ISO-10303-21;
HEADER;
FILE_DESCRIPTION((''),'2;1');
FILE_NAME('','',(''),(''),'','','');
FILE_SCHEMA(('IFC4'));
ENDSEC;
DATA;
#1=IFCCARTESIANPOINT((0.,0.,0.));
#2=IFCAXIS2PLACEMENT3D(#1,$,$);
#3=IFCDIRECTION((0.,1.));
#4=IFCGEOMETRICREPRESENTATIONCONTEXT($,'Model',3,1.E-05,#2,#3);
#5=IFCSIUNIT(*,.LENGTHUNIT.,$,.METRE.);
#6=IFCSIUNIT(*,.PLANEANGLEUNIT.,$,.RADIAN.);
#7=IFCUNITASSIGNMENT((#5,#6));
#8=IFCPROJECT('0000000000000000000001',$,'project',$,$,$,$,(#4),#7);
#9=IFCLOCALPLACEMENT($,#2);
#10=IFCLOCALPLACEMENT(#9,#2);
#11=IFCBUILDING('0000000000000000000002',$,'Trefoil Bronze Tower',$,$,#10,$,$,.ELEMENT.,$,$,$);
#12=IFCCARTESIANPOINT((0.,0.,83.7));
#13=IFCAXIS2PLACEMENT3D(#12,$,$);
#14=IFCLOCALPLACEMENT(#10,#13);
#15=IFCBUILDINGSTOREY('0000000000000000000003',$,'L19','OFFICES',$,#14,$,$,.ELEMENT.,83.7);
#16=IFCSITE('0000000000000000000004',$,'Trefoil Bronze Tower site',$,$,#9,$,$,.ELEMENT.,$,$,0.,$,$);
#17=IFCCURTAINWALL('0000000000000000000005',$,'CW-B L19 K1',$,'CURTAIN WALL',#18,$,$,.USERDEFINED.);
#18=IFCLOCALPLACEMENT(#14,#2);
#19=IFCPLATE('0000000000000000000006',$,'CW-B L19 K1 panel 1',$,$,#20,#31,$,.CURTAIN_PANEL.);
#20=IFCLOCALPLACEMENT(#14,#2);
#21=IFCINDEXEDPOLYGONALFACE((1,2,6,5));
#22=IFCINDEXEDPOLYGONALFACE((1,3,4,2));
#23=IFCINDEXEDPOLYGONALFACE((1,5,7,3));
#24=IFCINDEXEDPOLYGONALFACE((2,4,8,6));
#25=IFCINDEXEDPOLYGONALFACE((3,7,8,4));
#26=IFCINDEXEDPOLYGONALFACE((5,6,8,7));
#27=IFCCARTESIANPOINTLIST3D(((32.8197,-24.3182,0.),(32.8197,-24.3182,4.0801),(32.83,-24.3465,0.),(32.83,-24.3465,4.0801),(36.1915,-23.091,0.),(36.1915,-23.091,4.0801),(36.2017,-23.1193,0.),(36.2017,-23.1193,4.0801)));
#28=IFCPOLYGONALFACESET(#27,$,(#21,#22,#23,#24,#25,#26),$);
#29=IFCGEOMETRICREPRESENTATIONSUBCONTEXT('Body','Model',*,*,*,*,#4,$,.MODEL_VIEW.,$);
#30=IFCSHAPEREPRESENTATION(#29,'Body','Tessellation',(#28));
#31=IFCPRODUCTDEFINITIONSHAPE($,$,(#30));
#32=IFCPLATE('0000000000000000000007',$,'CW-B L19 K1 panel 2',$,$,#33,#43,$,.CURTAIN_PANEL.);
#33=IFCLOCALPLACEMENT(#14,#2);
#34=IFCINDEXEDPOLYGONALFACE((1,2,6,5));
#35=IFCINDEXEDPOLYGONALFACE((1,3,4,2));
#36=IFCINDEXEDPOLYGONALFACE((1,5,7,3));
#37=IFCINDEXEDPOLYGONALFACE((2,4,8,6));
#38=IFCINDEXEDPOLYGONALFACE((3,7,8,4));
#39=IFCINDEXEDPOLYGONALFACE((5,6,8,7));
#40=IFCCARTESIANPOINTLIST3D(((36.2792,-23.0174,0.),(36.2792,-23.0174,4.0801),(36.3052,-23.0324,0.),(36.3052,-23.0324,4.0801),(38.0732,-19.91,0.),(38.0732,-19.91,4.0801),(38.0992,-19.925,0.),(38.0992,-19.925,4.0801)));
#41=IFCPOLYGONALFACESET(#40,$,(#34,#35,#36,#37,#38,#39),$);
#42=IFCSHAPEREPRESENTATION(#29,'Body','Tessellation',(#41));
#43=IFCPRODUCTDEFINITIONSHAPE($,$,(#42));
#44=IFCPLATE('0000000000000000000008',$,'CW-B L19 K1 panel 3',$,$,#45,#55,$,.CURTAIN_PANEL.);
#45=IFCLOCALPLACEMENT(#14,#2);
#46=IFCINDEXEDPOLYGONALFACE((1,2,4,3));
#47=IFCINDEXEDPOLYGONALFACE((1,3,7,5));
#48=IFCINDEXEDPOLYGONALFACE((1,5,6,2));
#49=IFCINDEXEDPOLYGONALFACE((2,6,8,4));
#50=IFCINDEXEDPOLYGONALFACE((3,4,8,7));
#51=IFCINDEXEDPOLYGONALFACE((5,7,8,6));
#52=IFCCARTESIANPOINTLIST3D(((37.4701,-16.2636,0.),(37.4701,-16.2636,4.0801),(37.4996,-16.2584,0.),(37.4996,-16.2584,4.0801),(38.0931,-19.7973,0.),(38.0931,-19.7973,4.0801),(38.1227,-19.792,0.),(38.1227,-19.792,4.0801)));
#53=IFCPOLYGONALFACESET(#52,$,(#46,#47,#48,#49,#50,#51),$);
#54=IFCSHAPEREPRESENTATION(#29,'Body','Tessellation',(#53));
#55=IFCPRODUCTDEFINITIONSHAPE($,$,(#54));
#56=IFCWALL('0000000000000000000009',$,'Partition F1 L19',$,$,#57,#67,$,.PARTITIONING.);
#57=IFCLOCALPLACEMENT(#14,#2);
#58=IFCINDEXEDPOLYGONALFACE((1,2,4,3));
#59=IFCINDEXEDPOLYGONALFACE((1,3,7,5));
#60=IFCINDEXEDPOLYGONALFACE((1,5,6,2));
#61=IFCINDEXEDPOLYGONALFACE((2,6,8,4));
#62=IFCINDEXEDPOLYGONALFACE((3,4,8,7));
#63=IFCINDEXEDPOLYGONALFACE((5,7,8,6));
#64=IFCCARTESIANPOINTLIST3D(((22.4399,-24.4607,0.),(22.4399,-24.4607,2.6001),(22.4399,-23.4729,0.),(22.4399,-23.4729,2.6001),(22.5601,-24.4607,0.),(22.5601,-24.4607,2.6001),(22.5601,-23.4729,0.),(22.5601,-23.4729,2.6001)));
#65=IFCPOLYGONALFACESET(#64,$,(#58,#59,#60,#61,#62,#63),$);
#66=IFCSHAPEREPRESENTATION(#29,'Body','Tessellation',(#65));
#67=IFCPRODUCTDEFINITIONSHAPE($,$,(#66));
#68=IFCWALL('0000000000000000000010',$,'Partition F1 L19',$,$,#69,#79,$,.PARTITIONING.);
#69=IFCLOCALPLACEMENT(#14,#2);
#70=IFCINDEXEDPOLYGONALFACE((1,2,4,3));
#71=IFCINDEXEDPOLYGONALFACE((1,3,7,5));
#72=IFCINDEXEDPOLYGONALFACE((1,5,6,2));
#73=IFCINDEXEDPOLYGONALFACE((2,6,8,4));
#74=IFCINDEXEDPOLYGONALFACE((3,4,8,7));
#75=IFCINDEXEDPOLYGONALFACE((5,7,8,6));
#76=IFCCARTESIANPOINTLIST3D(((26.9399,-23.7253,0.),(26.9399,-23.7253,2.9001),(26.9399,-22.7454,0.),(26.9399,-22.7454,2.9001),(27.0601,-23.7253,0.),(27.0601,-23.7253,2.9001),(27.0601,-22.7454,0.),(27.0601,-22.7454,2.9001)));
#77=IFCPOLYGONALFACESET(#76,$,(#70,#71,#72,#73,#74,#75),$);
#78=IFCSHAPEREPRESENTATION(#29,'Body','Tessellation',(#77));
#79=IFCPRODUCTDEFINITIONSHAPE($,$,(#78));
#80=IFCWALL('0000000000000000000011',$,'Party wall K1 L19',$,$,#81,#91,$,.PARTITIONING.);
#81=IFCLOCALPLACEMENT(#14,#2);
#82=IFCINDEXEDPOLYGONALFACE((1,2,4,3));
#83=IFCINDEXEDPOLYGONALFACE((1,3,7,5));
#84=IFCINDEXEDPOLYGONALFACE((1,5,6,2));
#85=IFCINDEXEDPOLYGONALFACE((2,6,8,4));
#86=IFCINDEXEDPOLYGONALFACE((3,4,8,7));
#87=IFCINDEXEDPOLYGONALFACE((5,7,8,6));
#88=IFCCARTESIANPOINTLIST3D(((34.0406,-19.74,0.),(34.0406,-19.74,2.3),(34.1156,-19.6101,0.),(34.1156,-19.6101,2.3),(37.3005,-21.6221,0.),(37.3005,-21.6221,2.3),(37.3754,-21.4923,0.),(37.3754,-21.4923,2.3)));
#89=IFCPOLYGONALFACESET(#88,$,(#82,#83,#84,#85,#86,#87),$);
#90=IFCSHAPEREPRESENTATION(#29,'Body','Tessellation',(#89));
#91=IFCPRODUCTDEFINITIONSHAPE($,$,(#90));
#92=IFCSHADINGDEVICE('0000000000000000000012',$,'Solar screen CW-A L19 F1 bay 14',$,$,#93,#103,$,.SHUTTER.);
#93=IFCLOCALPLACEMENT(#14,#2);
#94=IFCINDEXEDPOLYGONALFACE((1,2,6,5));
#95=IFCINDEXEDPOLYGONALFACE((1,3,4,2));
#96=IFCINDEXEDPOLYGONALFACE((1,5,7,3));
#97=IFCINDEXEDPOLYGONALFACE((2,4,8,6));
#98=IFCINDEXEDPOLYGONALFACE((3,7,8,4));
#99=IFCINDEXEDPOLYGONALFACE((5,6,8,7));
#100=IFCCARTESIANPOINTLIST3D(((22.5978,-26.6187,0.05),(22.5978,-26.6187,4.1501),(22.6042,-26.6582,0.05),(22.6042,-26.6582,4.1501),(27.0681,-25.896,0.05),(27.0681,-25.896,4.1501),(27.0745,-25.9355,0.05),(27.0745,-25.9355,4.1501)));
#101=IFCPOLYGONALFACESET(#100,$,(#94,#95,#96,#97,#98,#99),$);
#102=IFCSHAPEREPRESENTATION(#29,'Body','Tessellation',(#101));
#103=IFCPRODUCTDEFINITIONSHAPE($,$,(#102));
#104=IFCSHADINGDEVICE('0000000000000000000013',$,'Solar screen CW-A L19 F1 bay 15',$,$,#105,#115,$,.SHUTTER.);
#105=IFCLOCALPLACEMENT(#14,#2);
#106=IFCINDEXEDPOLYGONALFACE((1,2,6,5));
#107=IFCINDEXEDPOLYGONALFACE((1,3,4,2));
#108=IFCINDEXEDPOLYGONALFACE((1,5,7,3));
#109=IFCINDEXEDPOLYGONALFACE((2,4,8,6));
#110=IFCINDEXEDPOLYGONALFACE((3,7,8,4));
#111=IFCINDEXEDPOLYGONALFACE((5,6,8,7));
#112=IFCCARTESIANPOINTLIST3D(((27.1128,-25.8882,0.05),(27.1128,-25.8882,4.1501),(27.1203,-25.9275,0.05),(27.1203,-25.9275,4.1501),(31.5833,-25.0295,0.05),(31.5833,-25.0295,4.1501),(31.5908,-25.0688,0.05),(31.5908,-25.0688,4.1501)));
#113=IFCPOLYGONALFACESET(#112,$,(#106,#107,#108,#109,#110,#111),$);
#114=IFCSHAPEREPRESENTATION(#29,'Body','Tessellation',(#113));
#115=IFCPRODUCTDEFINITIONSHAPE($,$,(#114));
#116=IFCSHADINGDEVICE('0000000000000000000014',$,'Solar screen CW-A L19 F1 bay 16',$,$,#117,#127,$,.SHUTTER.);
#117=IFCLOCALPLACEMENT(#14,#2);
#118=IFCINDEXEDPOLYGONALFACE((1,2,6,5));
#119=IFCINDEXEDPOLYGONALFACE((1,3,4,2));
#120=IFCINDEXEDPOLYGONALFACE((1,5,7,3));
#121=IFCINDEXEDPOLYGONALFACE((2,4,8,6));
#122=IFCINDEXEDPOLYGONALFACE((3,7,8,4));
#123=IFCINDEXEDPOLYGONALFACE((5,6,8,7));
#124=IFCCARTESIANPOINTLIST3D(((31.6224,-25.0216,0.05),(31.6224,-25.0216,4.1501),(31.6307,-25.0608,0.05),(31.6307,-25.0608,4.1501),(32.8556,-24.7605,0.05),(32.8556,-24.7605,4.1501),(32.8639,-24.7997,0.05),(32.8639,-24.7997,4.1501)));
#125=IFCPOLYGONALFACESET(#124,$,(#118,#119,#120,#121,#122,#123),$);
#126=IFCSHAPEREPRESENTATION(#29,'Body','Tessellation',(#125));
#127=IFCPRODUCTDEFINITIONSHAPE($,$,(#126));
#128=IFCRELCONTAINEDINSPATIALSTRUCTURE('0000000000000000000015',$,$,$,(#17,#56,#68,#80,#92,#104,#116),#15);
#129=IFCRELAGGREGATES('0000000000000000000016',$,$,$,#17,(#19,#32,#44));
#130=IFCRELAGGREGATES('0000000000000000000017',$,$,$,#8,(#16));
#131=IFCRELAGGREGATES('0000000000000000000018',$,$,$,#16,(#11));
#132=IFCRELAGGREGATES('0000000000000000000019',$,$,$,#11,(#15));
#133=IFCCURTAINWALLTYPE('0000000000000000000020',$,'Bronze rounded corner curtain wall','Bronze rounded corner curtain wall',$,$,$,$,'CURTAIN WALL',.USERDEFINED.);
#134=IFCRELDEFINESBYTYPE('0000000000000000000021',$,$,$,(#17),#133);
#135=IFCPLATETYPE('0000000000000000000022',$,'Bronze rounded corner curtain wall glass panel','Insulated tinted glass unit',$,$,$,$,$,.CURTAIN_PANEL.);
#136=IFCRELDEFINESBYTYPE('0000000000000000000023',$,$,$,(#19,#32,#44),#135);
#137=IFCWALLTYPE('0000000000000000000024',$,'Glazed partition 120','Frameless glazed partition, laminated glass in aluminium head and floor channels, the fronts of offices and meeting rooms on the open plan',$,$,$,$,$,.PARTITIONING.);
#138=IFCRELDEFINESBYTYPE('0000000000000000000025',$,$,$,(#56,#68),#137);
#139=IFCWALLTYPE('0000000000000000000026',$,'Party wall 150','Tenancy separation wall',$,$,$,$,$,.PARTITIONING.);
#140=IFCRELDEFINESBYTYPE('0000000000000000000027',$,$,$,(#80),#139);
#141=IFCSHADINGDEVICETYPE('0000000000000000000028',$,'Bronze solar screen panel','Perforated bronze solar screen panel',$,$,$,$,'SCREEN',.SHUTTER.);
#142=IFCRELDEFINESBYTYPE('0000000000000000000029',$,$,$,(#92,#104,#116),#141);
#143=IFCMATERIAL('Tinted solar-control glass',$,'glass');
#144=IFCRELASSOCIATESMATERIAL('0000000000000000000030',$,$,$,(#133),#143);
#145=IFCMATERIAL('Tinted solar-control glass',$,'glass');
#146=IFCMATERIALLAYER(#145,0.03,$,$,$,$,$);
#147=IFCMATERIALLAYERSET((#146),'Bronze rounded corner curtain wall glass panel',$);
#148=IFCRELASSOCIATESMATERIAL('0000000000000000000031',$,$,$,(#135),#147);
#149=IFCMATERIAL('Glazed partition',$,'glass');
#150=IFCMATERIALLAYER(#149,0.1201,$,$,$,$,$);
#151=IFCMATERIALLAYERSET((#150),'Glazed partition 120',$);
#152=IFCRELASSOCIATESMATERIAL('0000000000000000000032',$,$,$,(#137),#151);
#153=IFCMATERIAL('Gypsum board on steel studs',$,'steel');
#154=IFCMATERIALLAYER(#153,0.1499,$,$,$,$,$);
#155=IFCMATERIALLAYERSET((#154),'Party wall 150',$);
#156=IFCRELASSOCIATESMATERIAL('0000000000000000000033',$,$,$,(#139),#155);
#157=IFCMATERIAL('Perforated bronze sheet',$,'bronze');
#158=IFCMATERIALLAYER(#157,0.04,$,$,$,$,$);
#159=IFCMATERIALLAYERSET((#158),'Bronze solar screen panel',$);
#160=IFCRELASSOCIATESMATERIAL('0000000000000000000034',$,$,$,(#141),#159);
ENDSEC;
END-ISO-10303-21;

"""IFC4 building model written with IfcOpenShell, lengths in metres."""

from ifc_helpers import new_model, si_unit, direction, frame, frame_2d, origin, origin_2d, place, context, subcontext, project, spatial, rectangle, extrude, material, layer, layer_set, type_object, element, aggregate, save


model = new_model("IFC4")

# Units and contexts
model_context = context("Model", 3, precision=1e-05, world=origin(), true_north=direction((0.0, 1.0)))
body_context = subcontext(model_context, "Body", "Model", "MODEL_VIEW")
ifc_project = project(units=[si_unit("LENGTHUNIT", "METRE"), si_unit("PLANEANGLEUNIT", "RADIAN")], contexts=[model_context])

# Site, building, storey
site_placement = place(None, origin())
site = spatial("IfcSite", under=ifc_project, at=site_placement, Name="Trefoil Bronze Tower site", CompositionType="ELEMENT", RefElevation=0.0)
building_placement = place(site_placement, origin())
building = spatial("IfcBuilding", under=site, at=building_placement, Name="Trefoil Bronze Tower", CompositionType="ELEMENT")
storey_placement = place(building_placement, frame((0.0, 0.0, 83.7)))
storey = spatial("IfcBuildingStorey", under=building, at=storey_placement, Name="L19", Description="OFFICES", CompositionType="ELEMENT", Elevation=83.7)

# Curtain wall
ifc_material_1 = material(Name="Tinted solar-control glass", Category="glass")
curtain_wall_type_1 = type_object("IfcCurtainWallType", Name="Bronze rounded corner curtain wall", Description="Bronze rounded corner curtain wall", ElementType="CURTAIN WALL", PredefinedType="USERDEFINED", material=ifc_material_1)
curtain_wall_1_placement = place(storey_placement, origin())
curtain_wall_1 = element("IfcCurtainWall", 1, at=curtain_wall_1_placement, inside=storey, type_object=curtain_wall_type_1, Name="CW-B L19 K1", ObjectType="CURTAIN WALL", PredefinedType="USERDEFINED")

# Plates
ifc_material_2 = material(Name="Tinted solar-control glass", Category="glass")
ifc_layer_1 = layer(ifc_material_2, 0.03)
ifc_layer_set_1 = layer_set([ifc_layer_1], Name="Bronze rounded corner curtain wall glass panel")
plate_type_1 = type_object("IfcPlateType", Name="Bronze rounded corner curtain wall glass panel", Description="Insulated tinted glass unit", PredefinedType="CURTAIN_PANEL", material=ifc_layer_set_1)
plate_1_placement = place(storey_placement, frame((34.5107, -23.7188, 0.0), z_axis=(0.0, 0.0, 1.0), x_axis=(0.939693, 0.34202, 0.0)))
plate_1 = element("IfcPlate", 2, at=plate_1_placement, type_object=plate_type_1, Name="CW-B L19 K1 panel 1", PredefinedType="CURTAIN_PANEL", context=body_context, shape_type="SweptSolid", body=[
    extrude(rectangle(XDim=3.5881, YDim=0.03, at=origin_2d()), origin(), (0.0, 0.0, 1.0), 4.0801),
])
plate_2_placement = place(storey_placement, frame((37.1892, -21.4712, 0.0), z_axis=(0.0, 0.0, 1.0), x_axis=(0.5, 0.866025, 0.0)))
plate_2 = element("IfcPlate", 3, at=plate_2_placement, type_object=plate_type_1, Name="CW-B L19 K1 panel 2", PredefinedType="CURTAIN_PANEL", context=body_context, shape_type="SweptSolid", body=[
    extrude(rectangle(XDim=3.5881, YDim=0.03, at=origin_2d()), origin(), (0.0, 0.0, 1.0), 4.0801),
])
plate_3_placement = place(storey_placement, frame((37.7964, -18.0278, 0.0), z_axis=(0.0, 0.0, 1.0), x_axis=(-0.173648, 0.984808, 0.0)))
plate_3 = element("IfcPlate", 4, at=plate_3_placement, type_object=plate_type_1, Name="CW-B L19 K1 panel 3", PredefinedType="CURTAIN_PANEL", context=body_context, shape_type="SweptSolid", body=[
    extrude(rectangle(XDim=3.5881, YDim=0.03, at=origin_2d()), origin(), (0.0, 0.0, 1.0), 4.0801),
])
aggregate(curtain_wall_1, [plate_1, plate_2, plate_3])

# Walls
ifc_material_3 = material(Name="Glazed partition", Category="glass")
ifc_layer_2 = layer(ifc_material_3, 0.1201)
ifc_layer_set_2 = layer_set([ifc_layer_2], Name="Glazed partition 120")
wall_type_1 = type_object("IfcWallType", Name="Glazed partition 120", Description="Frameless glazed partition, laminated glass in aluminium head and floor channels, the fronts of offices and meeting rooms on the open plan", PredefinedType="PARTITIONING", material=ifc_layer_set_2)
wall_1_placement = place(storey_placement, frame((22.5, -23.4729, 0.0), z_axis=(0.0, 0.0, 1.0), x_axis=(0.0, -1.0, 0.0)))
element("IfcWall", 5, at=wall_1_placement, inside=storey, type_object=wall_type_1, Name="Partition F1 L19", PredefinedType="PARTITIONING", context=body_context, shape_type="SweptSolid", body=[
    extrude(rectangle(XDim=0.9878, YDim=0.1201, at=frame_2d((0.4939, 0.0))), origin(), (0.0, 0.0, 1.0), 2.6001),
])
wall_2_placement = place(storey_placement, frame((27.0, -22.7454, 0.0), z_axis=(0.0, 0.0, 1.0), x_axis=(0.0, -1.0, 0.0)))
element("IfcWall", 6, at=wall_2_placement, inside=storey, type_object=wall_type_1, Name="Partition F1 L19", PredefinedType="PARTITIONING", context=body_context, shape_type="SweptSolid", body=[
    extrude(rectangle(XDim=0.98, YDim=0.1201, at=frame_2d((0.49, 0.0))), origin(), (0.0, 0.0, 1.0), 2.9001),
])
ifc_material_4 = material(Name="Gypsum board on steel studs", Category="steel")
ifc_layer_3 = layer(ifc_material_4, 0.1499)
ifc_layer_set_3 = layer_set([ifc_layer_3], Name="Party wall 150")
wall_type_2 = type_object("IfcWallType", Name="Party wall 150", Description="Tenancy separation wall", PredefinedType="PARTITIONING", material=ifc_layer_set_3)
wall_3_placement = place(storey_placement, frame((34.0781, -19.675, 0.0), z_axis=(0.0, 0.0, 1.0), x_axis=(0.866019, -0.500011, 0.0)))
element("IfcWall", 7, at=wall_3_placement, inside=storey, type_object=wall_type_2, Name="Party wall K1 L19", PredefinedType="PARTITIONING", context=body_context, shape_type="SweptSolid", body=[
    extrude(rectangle(XDim=3.7642, YDim=0.1499, at=frame_2d((1.8821, 0.0))), origin(), (0.0, 0.0, 1.0), 2.3),
])

# Shading devices
ifc_material_5 = material(Name="Perforated bronze sheet", Category="bronze")
ifc_layer_4 = layer(ifc_material_5, 0.04)
ifc_layer_set_4 = layer_set([ifc_layer_4], Name="Bronze solar screen panel")
shading_device_type = type_object("IfcShadingDeviceType", Name="Bronze solar screen panel", Description="Perforated bronze solar screen panel", ElementType="SCREEN", PredefinedType="SHUTTER", material=ifc_layer_set_4)
shading_device_1_placement = place(storey_placement, frame((24.8362, -26.2771, 0.05), z_axis=(0.0, 0.0, 1.0), x_axis=(0.987181, 0.159603, 0.0)))
element("IfcShadingDevice", 8, at=shading_device_1_placement, inside=storey, type_object=shading_device_type, Name="Solar screen CW-A L19 F1 bay 14", PredefinedType="SHUTTER", context=body_context, shape_type="SweptSolid", body=[
    extrude(rectangle(XDim=4.5283, YDim=0.04, at=origin_2d()), origin(), (0.0, 0.0, 1.0), 4.1001),
])
shading_device_2_placement = place(storey_placement, frame((29.3518, -25.4785, 0.05), z_axis=(0.0, 0.0, 1.0), x_axis=(0.98205, 0.188622, 0.0)))
element("IfcShadingDevice", 9, at=shading_device_2_placement, inside=storey, type_object=shading_device_type, Name="Solar screen CW-A L19 F1 bay 15", PredefinedType="SHUTTER", context=body_context, shape_type="SweptSolid", body=[
    extrude(rectangle(XDim=4.5522, YDim=0.04, at=origin_2d()), origin(), (0.0, 0.0, 1.0), 4.1001),
])
shading_device_3_placement = place(storey_placement, frame((32.2432, -24.9106, 0.05), z_axis=(0.0, 0.0, 1.0), x_axis=(0.978303, 0.207181, 0.0)))
element("IfcShadingDevice", 10, at=shading_device_3_placement, inside=storey, type_object=shading_device_type, Name="Solar screen CW-A L19 F1 bay 16", PredefinedType="SHUTTER", context=body_context, shape_type="SweptSolid", body=[
    extrude(rectangle(XDim=1.2605, YDim=0.04, at=origin_2d()), origin(), (0.0, 0.0, 1.0), 4.1001),
])

save(model, "model.ifc")
